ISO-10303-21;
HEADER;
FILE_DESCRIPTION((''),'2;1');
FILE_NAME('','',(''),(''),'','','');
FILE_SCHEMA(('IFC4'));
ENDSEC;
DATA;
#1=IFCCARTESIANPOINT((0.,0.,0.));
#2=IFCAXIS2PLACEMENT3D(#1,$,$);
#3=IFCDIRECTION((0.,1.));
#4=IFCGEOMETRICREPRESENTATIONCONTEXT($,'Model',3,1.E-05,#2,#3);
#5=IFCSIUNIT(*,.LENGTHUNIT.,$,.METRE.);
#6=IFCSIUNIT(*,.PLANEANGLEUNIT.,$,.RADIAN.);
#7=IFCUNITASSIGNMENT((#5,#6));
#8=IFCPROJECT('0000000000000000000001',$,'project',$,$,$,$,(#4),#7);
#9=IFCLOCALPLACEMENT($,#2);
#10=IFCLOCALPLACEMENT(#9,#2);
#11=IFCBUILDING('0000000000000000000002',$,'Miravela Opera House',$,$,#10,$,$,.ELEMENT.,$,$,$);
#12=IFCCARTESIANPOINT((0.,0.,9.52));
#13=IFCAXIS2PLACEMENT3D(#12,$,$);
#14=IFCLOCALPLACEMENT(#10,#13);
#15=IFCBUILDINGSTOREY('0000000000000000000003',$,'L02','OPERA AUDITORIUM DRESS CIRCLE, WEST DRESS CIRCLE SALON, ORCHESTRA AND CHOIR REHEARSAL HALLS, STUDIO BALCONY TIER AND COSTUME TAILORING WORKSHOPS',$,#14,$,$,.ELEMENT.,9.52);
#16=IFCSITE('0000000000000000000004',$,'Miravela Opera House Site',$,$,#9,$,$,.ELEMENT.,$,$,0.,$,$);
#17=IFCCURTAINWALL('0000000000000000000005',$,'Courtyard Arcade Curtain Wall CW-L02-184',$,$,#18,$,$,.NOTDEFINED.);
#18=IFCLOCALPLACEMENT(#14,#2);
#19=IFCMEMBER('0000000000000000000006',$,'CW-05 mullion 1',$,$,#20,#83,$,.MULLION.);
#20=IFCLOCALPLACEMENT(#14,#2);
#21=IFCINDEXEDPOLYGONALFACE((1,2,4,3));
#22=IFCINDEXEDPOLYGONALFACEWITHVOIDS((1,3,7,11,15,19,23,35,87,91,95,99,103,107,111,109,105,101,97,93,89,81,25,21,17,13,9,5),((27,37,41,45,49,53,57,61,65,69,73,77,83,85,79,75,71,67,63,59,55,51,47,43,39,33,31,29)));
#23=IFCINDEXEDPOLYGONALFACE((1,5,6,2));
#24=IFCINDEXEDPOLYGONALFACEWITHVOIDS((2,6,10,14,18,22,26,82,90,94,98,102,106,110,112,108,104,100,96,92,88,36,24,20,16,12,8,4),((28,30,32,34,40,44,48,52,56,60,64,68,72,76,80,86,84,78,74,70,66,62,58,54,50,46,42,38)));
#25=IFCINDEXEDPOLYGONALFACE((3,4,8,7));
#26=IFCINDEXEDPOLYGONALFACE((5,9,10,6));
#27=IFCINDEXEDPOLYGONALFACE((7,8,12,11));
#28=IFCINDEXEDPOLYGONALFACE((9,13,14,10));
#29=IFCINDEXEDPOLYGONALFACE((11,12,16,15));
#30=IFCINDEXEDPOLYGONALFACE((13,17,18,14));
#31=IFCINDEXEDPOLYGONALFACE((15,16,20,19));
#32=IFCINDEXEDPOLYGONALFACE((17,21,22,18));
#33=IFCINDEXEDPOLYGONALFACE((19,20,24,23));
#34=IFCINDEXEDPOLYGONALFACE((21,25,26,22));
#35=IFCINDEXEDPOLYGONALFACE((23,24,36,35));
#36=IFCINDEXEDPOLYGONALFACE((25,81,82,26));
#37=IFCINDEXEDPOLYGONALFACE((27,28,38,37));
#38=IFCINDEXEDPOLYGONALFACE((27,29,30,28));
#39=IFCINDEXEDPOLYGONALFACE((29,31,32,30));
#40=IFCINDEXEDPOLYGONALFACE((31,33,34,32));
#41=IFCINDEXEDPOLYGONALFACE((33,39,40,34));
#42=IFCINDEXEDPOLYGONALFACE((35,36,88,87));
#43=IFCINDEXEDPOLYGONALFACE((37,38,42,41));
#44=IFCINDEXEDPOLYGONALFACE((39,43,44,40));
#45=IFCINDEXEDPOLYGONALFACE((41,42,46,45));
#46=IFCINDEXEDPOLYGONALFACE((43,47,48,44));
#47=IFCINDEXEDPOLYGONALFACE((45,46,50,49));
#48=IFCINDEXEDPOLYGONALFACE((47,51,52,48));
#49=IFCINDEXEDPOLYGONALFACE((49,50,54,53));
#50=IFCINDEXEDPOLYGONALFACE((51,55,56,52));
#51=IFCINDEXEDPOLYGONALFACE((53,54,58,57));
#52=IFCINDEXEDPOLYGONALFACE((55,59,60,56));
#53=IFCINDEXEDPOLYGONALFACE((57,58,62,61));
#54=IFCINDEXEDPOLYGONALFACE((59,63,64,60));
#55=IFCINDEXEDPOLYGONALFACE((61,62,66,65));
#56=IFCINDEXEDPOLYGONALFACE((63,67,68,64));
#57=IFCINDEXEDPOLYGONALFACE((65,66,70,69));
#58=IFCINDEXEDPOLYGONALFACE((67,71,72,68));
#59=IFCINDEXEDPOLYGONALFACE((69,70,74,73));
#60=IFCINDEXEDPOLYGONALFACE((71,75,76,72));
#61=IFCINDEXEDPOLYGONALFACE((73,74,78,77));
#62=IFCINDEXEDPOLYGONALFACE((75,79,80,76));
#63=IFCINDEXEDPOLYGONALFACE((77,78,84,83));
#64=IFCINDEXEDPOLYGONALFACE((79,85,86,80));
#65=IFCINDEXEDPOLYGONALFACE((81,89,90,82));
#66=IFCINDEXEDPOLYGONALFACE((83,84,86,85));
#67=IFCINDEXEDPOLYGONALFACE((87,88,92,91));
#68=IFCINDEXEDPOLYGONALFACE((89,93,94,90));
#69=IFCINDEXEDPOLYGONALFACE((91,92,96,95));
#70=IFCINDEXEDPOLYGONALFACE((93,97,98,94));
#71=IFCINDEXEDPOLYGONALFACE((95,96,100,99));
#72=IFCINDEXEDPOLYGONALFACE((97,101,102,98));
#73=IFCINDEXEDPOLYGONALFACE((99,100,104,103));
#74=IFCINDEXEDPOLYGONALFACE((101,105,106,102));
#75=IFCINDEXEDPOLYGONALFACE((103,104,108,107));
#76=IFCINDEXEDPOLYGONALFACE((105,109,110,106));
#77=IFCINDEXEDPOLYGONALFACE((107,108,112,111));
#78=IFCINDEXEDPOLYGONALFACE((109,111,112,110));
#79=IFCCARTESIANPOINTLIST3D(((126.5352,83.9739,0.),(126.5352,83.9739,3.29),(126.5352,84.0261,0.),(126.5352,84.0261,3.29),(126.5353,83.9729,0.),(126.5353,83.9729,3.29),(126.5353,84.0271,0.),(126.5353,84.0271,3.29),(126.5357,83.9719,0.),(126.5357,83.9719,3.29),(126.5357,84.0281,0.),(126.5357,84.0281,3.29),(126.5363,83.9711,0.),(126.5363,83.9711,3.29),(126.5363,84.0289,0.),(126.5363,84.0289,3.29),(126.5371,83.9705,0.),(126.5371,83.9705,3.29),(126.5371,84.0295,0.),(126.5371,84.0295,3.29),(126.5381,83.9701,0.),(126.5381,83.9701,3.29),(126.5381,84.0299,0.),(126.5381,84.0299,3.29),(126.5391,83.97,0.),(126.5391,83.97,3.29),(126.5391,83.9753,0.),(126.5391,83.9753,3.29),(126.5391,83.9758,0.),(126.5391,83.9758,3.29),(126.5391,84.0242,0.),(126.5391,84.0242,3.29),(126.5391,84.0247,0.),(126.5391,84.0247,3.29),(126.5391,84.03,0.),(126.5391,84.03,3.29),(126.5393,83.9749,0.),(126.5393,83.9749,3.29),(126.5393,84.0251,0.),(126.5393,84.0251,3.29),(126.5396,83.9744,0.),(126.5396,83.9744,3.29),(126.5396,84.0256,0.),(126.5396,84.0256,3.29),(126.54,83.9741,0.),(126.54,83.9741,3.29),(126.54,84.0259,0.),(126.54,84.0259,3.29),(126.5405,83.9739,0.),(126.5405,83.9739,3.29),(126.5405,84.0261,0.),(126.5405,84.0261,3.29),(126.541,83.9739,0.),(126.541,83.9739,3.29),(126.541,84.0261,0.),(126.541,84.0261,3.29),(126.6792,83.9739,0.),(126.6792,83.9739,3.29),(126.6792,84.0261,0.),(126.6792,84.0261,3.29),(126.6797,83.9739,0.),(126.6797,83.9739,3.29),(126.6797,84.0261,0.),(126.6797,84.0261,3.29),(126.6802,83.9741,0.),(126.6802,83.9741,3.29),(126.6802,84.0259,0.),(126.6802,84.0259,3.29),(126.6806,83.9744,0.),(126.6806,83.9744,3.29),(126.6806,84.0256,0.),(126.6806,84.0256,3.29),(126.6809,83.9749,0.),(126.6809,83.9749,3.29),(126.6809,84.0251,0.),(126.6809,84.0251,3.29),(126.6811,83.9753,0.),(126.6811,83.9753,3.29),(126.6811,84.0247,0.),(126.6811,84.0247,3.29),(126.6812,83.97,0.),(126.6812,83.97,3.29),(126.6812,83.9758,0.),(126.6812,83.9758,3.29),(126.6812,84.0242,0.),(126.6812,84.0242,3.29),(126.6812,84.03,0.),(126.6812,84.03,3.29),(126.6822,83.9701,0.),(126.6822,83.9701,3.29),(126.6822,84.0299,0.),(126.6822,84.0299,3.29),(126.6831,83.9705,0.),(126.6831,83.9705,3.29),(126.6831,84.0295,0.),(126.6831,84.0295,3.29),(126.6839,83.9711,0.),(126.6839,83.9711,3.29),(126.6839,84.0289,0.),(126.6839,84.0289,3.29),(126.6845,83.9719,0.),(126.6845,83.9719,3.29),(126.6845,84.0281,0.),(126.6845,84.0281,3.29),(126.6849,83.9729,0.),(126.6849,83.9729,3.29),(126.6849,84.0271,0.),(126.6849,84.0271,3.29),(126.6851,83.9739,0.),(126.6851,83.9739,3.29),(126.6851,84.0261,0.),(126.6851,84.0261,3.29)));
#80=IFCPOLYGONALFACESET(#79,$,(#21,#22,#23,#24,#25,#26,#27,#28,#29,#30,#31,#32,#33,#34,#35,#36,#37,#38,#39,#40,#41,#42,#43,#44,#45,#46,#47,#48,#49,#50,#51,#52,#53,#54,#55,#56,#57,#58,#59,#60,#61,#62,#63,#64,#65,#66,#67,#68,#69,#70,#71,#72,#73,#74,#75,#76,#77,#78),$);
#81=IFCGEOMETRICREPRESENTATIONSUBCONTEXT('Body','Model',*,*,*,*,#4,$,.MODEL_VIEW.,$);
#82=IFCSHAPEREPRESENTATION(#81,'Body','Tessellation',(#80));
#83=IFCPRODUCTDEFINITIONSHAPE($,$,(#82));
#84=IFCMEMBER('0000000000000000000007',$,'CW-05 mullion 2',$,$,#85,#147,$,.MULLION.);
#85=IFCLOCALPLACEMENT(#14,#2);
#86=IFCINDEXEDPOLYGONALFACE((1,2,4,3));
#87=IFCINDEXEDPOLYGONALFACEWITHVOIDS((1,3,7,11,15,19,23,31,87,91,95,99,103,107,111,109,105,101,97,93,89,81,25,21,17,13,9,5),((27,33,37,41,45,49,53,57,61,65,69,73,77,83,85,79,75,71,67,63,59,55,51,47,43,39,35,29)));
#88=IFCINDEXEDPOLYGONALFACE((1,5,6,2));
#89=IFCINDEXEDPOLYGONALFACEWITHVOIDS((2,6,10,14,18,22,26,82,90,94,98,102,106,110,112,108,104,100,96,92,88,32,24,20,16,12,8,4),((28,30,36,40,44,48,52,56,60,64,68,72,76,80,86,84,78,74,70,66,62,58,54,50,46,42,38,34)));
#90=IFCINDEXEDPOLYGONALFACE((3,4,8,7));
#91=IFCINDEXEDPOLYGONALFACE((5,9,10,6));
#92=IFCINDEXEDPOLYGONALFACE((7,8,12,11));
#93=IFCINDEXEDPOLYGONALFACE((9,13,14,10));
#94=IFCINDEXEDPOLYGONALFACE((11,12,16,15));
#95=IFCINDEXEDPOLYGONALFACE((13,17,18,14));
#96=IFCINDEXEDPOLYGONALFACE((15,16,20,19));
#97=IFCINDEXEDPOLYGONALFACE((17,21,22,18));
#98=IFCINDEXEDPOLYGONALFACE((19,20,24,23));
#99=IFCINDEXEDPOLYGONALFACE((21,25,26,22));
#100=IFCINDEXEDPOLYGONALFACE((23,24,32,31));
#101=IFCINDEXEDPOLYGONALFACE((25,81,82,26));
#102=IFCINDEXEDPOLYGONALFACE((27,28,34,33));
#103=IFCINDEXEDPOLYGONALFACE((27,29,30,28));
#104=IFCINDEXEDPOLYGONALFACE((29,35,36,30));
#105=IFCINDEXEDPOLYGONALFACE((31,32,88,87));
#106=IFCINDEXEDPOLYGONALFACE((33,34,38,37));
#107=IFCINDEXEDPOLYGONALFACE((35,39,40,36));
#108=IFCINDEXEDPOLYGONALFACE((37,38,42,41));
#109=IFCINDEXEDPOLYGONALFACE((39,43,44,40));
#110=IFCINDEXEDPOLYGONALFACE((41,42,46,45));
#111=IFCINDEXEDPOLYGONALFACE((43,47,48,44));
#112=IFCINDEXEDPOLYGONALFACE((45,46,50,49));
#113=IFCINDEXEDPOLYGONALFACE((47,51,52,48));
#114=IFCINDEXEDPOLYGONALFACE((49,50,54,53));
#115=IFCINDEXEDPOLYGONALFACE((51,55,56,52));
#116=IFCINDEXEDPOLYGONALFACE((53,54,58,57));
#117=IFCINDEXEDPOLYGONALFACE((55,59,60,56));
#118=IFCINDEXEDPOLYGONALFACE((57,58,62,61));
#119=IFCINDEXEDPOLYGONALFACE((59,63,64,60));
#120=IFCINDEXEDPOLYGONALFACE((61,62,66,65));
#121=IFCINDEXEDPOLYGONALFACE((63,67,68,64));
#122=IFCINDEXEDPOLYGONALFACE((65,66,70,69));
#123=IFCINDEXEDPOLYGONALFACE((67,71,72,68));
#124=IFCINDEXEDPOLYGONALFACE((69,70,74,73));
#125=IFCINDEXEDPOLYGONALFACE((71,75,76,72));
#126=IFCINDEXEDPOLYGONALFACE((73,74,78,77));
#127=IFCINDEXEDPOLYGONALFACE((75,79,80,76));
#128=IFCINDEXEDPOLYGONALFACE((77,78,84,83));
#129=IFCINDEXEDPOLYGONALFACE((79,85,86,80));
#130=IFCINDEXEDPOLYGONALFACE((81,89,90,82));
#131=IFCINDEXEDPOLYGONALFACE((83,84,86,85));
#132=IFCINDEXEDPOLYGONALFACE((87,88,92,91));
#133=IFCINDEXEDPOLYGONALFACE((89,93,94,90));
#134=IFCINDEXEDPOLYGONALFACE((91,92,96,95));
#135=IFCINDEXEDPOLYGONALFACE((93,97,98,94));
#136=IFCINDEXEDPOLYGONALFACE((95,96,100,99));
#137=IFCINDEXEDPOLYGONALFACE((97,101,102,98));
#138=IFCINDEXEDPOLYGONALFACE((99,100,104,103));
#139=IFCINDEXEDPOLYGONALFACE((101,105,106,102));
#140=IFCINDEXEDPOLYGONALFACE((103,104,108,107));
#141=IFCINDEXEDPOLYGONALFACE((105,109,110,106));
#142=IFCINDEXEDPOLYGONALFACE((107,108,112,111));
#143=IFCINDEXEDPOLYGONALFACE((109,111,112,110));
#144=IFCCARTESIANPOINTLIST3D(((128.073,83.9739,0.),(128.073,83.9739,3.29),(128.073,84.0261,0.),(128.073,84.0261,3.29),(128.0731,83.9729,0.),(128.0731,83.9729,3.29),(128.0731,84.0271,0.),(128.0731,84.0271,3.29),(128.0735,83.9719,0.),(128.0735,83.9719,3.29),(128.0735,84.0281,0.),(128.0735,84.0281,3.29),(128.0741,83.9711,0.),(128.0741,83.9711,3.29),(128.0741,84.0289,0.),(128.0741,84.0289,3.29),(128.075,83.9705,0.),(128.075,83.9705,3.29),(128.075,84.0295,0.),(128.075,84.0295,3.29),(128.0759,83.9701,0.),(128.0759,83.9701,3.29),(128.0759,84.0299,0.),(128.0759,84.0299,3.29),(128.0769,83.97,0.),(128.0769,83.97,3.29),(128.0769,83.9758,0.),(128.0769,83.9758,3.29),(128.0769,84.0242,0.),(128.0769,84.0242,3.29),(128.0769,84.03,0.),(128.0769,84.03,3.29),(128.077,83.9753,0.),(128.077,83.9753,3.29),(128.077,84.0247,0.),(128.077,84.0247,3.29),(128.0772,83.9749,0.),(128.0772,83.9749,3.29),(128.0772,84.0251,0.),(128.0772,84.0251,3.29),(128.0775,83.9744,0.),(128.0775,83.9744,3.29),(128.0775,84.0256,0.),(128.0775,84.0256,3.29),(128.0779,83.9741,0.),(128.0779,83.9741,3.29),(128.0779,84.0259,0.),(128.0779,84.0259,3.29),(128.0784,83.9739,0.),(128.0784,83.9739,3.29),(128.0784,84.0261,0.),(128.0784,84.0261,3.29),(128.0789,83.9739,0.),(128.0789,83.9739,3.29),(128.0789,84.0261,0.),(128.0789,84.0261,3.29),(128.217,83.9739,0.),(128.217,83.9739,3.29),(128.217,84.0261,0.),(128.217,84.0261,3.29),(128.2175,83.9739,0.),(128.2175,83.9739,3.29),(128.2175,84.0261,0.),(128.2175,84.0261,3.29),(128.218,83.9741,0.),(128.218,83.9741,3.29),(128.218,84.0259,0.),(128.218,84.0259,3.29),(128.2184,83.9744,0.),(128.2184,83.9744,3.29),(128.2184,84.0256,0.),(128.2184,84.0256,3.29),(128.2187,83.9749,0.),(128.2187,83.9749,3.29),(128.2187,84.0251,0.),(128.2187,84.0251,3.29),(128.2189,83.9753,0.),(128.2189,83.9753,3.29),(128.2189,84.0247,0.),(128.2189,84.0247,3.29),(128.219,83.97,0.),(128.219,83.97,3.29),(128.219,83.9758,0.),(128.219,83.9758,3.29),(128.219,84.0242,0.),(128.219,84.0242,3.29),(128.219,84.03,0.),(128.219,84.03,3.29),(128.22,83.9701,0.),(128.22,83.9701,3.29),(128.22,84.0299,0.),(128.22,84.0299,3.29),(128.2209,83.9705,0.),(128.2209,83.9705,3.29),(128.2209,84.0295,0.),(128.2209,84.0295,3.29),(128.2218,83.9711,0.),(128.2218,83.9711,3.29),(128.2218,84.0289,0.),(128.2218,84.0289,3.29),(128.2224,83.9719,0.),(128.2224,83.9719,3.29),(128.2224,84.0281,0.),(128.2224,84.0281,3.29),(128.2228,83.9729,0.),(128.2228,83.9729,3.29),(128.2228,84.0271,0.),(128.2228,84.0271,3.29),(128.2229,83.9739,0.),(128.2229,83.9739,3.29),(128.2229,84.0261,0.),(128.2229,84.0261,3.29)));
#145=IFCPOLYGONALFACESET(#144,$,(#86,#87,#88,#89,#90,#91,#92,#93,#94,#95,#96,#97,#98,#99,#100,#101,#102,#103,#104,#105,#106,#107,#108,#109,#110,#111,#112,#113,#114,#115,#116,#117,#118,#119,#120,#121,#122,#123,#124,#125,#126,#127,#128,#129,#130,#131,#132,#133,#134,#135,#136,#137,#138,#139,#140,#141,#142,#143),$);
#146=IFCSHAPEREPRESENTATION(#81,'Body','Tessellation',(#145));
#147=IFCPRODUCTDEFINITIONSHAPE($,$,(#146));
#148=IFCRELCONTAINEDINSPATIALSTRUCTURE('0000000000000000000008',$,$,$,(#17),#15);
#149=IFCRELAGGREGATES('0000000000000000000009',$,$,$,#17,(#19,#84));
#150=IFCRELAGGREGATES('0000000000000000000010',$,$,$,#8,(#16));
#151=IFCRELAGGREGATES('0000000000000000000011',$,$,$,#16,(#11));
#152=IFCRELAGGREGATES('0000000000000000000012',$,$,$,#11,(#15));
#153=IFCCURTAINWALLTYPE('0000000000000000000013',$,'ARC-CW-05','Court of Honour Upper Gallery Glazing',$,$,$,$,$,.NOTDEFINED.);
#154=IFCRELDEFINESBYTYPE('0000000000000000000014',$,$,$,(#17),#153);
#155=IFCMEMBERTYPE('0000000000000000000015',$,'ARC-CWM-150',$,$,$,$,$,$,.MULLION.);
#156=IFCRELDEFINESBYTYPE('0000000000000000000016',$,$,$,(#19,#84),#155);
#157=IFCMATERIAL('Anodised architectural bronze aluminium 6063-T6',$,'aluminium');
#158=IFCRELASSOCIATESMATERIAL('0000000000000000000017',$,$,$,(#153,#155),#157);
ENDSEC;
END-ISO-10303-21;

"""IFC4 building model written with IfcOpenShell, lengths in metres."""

from ifc_helpers import new_model, si_unit, direction, frame, origin, origin_2d, place, context, subcontext, project, spatial, hollow_rectangle, extrude, material, material_profile, profile_set, type_object, element, aggregate, save


model = new_model("IFC4")

# Units and contexts
model_context = context("Model", 3, precision=1e-05, world=origin(), true_north=direction((0.0, 1.0)))
body_context = subcontext(model_context, "Body", "Model", "MODEL_VIEW")
ifc_project = project(units=[si_unit("LENGTHUNIT", "METRE"), si_unit("PLANEANGLEUNIT", "RADIAN")], contexts=[model_context])

# Site, building, storey
site_placement = place(None, origin())
site = spatial("IfcSite", under=ifc_project, at=site_placement, Name="Miravela Opera House Site", CompositionType="ELEMENT", RefElevation=0.0)
building_placement = place(site_placement, origin())
building = spatial("IfcBuilding", under=site, at=building_placement, Name="Miravela Opera House", CompositionType="ELEMENT")
storey_placement = place(building_placement, frame((0.0, 0.0, 9.52)))
storey = spatial("IfcBuildingStorey", under=building, at=storey_placement, Name="L02", Description="OPERA AUDITORIUM DRESS CIRCLE, WEST DRESS CIRCLE SALON, ORCHESTRA AND CHOIR REHEARSAL HALLS, STUDIO BALCONY TIER AND COSTUME TAILORING WORKSHOPS", CompositionType="ELEMENT", Elevation=9.52)

# Curtain wall, members
ifc_material_1 = material(Name="Anodised architectural bronze aluminium 6063-T6", Category="aluminium")
curtain_wall_type = type_object("IfcCurtainWallType", Name="ARC-CW-05", Description="Court of Honour Upper Gallery Glazing", PredefinedType="NOTDEFINED", material=ifc_material_1)
ifc_material_profile_1 = material_profile(ifc_material_1, hollow_rectangle(XDim=0.0601, YDim=0.1499, WallThickness=0.0039, InnerFilletRadius=0.002, OuterFilletRadius=0.0039, at=origin_2d()), Name="CWM-60X150")
ifc_profile_set_1 = profile_set([ifc_material_profile_1])
member_type_1 = type_object("IfcMemberType", Name="ARC-CWM-150", PredefinedType="MULLION", material=ifc_profile_set_1)
curtain_wall_1_placement = place(storey_placement, origin())
curtain_wall_1 = element("IfcCurtainWall", 1, at=curtain_wall_1_placement, inside=storey, type_object=curtain_wall_type, Name="Courtyard Arcade Curtain Wall CW-L02-184", PredefinedType="NOTDEFINED")
member_1_placement = place(storey_placement, frame((126.6101, 84.0, 0.0), z_axis=(0.0, 0.0, 1.0), x_axis=(0.0, 1.0, 0.0)))
member_1 = element("IfcMember", 2, at=member_1_placement, type_object=member_type_1, Name="CW-05 mullion 1", PredefinedType="MULLION", context=body_context, shape_type="SweptSolid", body=[
    extrude(hollow_rectangle(XDim=0.0601, YDim=0.1499, WallThickness=0.0039, InnerFilletRadius=0.002, OuterFilletRadius=0.0039, at=origin_2d()), origin(), (0.0, 0.0, 1.0), 3.29),
])
member_2_placement = place(storey_placement, frame((128.1479, 84.0, 0.0), z_axis=(0.0, 0.0, 1.0), x_axis=(0.0, 1.0, 0.0)))
member_2 = element("IfcMember", 3, at=member_2_placement, type_object=member_type_1, Name="CW-05 mullion 2", PredefinedType="MULLION", context=body_context, shape_type="SweptSolid", body=[
    extrude(hollow_rectangle(XDim=0.0601, YDim=0.1499, WallThickness=0.0039, InnerFilletRadius=0.002, OuterFilletRadius=0.0039, at=origin_2d()), origin(), (0.0, 0.0, 1.0), 3.29),
])

aggregate(curtain_wall_1, [member_1, member_2])

save(model, "model.ifc")
